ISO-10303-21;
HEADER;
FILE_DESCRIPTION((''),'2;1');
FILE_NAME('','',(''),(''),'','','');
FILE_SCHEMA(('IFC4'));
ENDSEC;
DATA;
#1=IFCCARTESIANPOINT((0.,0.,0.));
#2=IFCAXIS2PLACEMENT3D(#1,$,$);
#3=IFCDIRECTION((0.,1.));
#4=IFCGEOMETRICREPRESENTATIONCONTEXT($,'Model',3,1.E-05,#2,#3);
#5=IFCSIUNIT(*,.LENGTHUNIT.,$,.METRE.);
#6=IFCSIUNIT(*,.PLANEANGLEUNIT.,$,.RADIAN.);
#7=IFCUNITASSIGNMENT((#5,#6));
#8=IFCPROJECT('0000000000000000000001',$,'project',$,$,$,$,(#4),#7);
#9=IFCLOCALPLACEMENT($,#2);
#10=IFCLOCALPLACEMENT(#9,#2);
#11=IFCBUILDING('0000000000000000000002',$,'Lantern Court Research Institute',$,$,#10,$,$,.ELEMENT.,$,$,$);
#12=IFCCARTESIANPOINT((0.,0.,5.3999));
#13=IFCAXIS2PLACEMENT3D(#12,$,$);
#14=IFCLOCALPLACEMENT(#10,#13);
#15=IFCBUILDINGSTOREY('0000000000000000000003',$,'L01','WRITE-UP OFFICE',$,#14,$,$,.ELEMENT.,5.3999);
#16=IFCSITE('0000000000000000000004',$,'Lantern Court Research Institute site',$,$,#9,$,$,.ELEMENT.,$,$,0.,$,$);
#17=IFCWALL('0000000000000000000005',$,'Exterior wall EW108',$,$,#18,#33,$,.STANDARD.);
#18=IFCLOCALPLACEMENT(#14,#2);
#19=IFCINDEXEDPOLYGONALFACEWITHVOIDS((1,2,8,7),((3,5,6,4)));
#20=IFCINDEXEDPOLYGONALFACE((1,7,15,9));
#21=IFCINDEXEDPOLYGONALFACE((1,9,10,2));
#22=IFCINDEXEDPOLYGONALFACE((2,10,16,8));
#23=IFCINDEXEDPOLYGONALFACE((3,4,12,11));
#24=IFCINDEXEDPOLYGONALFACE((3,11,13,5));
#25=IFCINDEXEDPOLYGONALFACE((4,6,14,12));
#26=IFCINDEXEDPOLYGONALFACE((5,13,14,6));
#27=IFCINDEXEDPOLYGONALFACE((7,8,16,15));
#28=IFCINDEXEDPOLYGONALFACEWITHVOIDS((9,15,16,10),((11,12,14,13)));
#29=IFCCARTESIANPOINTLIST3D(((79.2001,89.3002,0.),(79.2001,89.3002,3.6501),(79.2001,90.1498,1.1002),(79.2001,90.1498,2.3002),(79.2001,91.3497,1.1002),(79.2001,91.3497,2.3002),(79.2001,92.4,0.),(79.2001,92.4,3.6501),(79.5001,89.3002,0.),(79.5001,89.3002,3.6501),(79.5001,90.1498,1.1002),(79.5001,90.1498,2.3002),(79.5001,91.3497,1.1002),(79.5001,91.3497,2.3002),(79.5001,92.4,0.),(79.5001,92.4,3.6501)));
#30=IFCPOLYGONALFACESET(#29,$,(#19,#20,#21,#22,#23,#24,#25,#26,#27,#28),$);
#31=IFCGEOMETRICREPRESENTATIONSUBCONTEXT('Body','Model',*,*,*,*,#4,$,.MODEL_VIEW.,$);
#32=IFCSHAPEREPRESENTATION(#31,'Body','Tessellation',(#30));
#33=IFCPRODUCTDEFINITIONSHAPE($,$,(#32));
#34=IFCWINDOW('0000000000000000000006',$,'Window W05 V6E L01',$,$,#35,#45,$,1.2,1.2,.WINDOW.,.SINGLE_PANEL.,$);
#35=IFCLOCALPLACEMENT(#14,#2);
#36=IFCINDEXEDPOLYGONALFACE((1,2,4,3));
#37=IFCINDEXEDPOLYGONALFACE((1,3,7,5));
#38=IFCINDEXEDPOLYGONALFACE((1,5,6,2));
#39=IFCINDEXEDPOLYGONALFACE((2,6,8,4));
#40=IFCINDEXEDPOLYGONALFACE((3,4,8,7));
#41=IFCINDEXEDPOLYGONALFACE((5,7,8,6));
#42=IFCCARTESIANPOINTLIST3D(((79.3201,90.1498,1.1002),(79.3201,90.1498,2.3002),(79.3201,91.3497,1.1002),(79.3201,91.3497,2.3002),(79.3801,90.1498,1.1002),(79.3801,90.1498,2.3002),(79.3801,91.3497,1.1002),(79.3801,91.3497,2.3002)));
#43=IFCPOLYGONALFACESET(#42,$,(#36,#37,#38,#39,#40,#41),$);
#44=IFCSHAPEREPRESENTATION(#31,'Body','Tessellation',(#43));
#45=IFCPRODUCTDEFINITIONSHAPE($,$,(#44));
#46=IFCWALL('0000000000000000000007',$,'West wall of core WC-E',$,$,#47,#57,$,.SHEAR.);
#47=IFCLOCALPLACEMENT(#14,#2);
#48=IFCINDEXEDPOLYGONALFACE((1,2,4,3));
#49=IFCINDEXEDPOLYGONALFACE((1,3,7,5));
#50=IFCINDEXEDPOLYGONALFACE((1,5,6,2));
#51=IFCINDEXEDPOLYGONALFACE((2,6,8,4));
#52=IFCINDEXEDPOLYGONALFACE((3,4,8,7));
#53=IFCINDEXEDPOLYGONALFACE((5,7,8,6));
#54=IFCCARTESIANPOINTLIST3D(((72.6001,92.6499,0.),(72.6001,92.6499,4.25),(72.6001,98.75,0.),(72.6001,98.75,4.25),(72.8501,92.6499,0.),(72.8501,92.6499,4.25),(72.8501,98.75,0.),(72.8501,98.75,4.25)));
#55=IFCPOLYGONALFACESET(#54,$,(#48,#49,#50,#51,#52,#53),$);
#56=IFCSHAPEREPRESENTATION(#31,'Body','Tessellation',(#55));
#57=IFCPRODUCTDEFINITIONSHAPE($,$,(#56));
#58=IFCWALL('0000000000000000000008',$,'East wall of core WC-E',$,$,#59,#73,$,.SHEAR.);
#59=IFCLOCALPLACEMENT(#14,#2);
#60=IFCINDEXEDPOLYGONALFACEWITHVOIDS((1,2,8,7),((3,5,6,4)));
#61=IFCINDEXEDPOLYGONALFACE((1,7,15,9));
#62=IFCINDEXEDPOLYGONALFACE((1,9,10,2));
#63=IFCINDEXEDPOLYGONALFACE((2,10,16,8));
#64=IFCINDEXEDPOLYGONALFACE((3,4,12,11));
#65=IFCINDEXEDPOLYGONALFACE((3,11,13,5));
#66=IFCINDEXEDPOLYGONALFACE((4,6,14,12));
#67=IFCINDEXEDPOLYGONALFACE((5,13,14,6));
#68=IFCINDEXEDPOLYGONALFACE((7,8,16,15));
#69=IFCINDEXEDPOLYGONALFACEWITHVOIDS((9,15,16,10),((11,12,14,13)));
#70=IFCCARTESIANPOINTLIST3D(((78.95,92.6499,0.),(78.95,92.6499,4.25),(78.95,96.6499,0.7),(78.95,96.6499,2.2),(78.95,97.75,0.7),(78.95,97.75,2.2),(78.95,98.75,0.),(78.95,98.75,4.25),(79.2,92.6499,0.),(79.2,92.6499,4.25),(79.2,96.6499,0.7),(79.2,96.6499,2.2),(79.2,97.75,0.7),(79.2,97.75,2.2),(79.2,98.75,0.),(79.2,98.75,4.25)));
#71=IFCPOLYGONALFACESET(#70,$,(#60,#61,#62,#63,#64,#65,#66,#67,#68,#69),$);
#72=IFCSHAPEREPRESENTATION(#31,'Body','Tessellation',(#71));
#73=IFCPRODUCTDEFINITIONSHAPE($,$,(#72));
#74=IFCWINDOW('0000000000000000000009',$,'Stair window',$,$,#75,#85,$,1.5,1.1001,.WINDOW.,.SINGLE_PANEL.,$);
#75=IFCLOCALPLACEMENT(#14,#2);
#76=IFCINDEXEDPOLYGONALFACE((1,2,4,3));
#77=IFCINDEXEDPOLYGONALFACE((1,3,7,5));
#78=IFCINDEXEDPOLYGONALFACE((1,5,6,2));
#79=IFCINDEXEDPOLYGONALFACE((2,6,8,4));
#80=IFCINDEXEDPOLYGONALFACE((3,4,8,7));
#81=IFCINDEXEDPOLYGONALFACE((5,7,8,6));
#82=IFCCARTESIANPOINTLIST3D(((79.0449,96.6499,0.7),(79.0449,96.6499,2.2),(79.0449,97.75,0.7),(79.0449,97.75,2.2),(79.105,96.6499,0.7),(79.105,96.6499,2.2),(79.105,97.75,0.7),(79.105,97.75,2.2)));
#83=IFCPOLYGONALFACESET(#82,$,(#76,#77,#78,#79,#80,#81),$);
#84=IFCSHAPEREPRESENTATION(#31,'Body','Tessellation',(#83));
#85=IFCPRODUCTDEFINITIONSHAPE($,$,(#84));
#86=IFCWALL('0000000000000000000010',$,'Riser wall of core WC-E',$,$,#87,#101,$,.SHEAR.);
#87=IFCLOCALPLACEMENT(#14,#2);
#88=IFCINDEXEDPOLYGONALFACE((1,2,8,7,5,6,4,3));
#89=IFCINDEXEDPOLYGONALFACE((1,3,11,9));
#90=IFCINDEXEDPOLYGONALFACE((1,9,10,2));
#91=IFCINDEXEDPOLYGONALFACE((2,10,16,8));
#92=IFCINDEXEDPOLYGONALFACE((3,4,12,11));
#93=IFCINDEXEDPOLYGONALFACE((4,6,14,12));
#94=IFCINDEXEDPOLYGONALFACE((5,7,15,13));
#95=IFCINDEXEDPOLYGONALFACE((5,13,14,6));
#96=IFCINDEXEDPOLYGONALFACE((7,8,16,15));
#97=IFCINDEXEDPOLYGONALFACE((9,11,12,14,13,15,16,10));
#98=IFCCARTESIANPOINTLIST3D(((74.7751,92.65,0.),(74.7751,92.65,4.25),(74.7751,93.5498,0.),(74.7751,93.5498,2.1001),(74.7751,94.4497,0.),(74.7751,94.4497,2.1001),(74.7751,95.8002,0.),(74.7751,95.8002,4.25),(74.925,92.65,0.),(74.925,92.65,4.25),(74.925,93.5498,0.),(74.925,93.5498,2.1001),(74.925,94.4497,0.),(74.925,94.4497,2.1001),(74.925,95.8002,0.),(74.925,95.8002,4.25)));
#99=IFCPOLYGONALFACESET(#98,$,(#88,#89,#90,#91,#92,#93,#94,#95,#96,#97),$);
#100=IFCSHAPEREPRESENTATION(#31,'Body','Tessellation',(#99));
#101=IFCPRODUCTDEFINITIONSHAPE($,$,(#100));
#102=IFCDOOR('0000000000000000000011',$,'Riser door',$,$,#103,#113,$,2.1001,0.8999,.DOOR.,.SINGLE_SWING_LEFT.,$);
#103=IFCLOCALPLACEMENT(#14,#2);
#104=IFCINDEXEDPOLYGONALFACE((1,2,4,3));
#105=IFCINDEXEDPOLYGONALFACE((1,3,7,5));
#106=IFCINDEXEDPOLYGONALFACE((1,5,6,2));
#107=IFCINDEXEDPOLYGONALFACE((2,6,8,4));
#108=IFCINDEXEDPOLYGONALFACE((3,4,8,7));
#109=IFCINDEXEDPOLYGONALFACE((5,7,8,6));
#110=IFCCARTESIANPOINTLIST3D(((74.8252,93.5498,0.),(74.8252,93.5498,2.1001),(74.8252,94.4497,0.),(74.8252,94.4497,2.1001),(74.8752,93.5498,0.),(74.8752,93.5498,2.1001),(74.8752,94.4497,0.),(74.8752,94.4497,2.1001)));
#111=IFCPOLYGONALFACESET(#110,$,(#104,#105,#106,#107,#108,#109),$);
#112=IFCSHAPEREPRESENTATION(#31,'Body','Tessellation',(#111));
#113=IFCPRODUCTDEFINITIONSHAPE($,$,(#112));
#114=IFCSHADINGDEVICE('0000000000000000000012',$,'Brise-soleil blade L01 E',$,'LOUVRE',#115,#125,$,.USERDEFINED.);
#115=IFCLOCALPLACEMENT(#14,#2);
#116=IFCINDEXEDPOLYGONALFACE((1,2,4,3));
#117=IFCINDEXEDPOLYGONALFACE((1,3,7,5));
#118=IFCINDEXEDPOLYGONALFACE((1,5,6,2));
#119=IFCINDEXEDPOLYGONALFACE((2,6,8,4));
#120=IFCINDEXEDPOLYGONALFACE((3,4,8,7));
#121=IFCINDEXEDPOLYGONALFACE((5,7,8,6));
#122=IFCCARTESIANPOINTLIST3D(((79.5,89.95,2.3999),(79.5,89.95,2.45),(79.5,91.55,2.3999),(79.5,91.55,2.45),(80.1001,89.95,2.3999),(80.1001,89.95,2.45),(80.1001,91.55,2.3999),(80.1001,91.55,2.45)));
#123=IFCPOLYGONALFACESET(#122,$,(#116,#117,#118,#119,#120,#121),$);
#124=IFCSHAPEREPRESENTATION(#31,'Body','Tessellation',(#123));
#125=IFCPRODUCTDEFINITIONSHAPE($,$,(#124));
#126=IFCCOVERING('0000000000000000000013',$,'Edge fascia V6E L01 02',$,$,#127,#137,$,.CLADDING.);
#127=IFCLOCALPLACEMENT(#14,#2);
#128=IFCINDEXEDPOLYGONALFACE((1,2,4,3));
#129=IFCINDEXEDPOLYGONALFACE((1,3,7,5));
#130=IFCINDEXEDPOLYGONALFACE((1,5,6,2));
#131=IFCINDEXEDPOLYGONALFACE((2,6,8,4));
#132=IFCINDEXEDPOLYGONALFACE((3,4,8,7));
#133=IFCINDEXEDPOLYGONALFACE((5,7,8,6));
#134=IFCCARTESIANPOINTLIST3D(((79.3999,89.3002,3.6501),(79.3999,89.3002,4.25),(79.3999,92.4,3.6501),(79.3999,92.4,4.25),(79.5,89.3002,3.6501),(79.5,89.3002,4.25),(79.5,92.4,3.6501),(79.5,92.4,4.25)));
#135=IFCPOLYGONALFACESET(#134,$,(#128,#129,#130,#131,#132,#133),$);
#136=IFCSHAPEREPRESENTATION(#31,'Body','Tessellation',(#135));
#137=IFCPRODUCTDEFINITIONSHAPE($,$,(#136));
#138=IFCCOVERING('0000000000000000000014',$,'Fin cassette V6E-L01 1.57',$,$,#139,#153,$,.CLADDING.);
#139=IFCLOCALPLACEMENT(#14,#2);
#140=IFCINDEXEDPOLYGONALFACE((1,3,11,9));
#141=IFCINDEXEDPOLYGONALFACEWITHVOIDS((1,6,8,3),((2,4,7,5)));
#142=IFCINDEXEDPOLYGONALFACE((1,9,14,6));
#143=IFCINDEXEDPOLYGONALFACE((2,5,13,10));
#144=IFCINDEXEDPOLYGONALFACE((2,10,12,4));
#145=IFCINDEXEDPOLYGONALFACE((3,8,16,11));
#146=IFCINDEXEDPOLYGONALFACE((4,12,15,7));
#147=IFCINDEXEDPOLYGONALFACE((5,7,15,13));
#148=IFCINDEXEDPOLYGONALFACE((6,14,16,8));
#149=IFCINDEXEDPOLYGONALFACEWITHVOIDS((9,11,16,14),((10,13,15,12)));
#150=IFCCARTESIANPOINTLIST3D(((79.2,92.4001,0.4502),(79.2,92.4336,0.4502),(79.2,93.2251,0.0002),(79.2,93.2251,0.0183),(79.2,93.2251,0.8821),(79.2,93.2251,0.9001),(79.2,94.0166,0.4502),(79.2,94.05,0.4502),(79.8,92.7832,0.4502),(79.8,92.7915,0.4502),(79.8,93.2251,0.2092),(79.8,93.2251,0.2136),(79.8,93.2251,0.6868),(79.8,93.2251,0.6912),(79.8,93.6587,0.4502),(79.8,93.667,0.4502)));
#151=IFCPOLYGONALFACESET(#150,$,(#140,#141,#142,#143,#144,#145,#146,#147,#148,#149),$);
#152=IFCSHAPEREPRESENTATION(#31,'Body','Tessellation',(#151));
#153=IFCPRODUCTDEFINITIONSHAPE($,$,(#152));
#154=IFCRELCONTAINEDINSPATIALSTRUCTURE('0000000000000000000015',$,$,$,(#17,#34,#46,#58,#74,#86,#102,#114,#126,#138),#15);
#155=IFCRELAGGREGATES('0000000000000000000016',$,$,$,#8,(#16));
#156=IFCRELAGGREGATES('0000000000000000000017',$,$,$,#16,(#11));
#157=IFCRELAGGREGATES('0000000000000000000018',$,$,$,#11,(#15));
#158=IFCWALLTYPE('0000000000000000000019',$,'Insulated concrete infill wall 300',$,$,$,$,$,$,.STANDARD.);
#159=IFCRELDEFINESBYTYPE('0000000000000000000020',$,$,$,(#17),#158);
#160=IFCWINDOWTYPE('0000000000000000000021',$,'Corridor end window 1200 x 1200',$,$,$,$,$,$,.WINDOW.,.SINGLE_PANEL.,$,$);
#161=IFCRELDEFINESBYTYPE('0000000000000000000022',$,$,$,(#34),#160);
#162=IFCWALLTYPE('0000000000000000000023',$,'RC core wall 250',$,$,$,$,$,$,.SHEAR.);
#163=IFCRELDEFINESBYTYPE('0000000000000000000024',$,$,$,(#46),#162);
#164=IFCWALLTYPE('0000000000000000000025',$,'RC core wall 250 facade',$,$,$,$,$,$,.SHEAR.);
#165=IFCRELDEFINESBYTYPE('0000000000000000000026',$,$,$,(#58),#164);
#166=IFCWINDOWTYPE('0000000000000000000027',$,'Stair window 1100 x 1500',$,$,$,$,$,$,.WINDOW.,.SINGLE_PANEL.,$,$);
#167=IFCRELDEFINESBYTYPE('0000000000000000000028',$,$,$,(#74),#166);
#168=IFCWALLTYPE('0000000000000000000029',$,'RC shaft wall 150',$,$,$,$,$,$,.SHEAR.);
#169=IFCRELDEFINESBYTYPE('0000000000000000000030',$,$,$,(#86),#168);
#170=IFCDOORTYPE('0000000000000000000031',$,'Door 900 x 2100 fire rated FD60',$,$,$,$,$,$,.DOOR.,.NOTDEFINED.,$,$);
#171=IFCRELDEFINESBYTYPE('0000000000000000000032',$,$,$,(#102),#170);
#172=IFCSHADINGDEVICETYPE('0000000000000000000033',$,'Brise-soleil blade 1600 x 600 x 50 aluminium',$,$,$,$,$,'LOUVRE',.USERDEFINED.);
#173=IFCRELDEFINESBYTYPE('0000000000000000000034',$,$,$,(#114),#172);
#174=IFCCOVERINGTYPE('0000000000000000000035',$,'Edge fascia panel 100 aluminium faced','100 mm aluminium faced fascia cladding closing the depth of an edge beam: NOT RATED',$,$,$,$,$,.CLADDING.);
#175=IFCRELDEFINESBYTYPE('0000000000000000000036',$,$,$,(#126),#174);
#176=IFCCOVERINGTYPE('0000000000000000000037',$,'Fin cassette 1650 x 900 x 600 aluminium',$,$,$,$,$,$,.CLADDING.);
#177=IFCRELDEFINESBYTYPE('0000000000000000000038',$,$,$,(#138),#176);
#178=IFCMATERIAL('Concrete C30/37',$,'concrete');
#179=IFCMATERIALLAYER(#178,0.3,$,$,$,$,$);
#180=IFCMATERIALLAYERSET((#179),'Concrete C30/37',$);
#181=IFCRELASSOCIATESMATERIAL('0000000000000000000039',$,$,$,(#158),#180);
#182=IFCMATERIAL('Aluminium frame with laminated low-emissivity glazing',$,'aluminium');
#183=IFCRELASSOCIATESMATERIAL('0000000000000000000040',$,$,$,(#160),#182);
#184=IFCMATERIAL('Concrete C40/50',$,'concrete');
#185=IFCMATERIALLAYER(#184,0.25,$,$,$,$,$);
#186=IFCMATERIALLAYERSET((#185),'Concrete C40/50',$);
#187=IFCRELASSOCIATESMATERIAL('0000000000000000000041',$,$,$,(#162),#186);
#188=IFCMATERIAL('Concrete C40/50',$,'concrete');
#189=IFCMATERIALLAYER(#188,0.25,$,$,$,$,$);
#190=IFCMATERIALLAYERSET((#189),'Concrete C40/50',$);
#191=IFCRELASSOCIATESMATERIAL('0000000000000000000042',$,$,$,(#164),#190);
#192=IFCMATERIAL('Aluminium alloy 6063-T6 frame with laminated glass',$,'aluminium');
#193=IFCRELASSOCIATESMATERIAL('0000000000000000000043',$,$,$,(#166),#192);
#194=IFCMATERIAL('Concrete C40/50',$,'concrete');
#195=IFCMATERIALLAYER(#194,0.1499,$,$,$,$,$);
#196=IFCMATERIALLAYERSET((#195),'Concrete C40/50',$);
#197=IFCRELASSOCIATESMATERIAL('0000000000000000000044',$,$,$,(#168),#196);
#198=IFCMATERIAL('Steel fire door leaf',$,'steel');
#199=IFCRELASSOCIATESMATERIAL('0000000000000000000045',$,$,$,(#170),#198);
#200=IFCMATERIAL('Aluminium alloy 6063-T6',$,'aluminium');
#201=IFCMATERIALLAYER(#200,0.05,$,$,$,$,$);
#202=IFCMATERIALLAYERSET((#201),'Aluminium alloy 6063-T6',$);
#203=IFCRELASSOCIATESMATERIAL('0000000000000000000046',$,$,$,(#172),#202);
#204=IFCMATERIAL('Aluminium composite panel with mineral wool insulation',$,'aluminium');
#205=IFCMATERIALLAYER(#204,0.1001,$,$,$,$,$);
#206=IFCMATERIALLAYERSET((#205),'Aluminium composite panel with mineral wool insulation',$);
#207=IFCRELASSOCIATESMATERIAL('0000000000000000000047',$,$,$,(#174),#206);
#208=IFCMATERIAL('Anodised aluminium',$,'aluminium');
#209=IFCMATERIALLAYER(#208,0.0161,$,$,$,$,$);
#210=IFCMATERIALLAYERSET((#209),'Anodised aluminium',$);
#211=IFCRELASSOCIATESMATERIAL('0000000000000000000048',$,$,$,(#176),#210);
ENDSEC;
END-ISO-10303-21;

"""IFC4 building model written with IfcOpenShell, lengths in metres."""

from ifc_helpers import new_model, entity, si_unit, direction, frame, frame_2d, origin, origin_2d, place, context, subcontext, project, spatial, rectangle, extrude, material, layer, layer_set, type_object, element, fill, save


model = new_model("IFC4")

# Units and contexts
model_context = context("Model", 3, precision=1e-05, world=origin(), true_north=direction((0.0, 1.0)))
body_context = subcontext(model_context, "Body", "Model", "MODEL_VIEW")
ifc_project = project(units=[si_unit("LENGTHUNIT", "METRE"), si_unit("PLANEANGLEUNIT", "RADIAN")], contexts=[model_context])

# Site, building, storey
site_placement = place(None, origin())
site = spatial("IfcSite", under=ifc_project, at=site_placement, Name="Lantern Court Research Institute site", CompositionType="ELEMENT", RefElevation=0.0)
building_placement = place(site_placement, origin())
building = spatial("IfcBuilding", under=site, at=building_placement, Name="Lantern Court Research Institute", CompositionType="ELEMENT")
storey_placement = place(building_placement, frame((0.0, 0.0, 5.3999)))
storey = spatial("IfcBuildingStorey", under=building, at=storey_placement, Name="L01", Description="WRITE-UP OFFICE", CompositionType="ELEMENT", Elevation=5.3999)

# Wall, opening, window
ifc_material_1 = material(Name="Concrete C30/37", Category="concrete")
ifc_layer_1 = layer(ifc_material_1, 0.3)
ifc_layer_set_1 = layer_set([ifc_layer_1], Name="Concrete C30/37")
wall_type_1 = type_object("IfcWallType", Name="Insulated concrete infill wall 300", PredefinedType="STANDARD", material=ifc_layer_set_1)
wall_1_placement = place(storey_placement, frame((79.3501, 92.3999, 0.0), z_axis=(0.0, 0.0, 1.0), x_axis=(0.0, -1.0, 0.0)))
wall_1 = element("IfcWall", 1, at=wall_1_placement, inside=storey, type_object=wall_type_1, Name="Exterior wall EW108", PredefinedType="STANDARD", context=body_context, shape_type="SweptSolid", body=[
    extrude(rectangle(XDim=3.0999, YDim=0.3, at=frame_2d((1.5498, 0.0))), origin(), (0.0, 0.0, 1.0), 3.6501),
])
opening_1_placement = place(wall_1_placement, frame((1.05, 0.0, 1.1001)))
opening_1 = element("IfcOpeningElement", 2, at=opening_1_placement, cuts=wall_1, PredefinedType="OPENING", context=body_context, shape_type="SweptSolid", body=[
    extrude(rectangle(XDim=1.2, YDim=1.2, at=frame_2d((0.6001, 0.6001))), frame((0.0, 0.1599, 0.0), z_axis=(0.0, -1.0, 0.0), x_axis=(1.0, 0.0, 0.0)), (0.0, 0.0, 1.0), 0.3201),
])
ifc_material_2 = material(Name="Aluminium frame with laminated low-emissivity glazing", Category="aluminium")
window_type_1 = type_object("IfcWindowType", Name="Corridor end window 1200 x 1200", PartitioningType="SINGLE_PANEL", PredefinedType="WINDOW", material=ifc_material_2)
window_1_placement = place(opening_1_placement, origin())
window_1 = element("IfcWindow", 3, at=window_1_placement, inside=storey, type_object=window_type_1, Name="Window W05 V6E L01", OverallHeight=1.2, OverallWidth=1.2, PartitioningType="SINGLE_PANEL", PredefinedType="WINDOW", context=body_context, shape_type="SweptSolid", body=[
    extrude(rectangle(XDim=1.2, YDim=1.2, at=frame_2d((0.6001, 0.6001))), frame((0.0, 0.03, 0.0), z_axis=(0.0, -1.0, 0.0), x_axis=(1.0, 0.0, 0.0)), (0.0, 0.0, 1.0), 0.0601),
])
fill(opening_1, window_1)

# Wall
ifc_material_3 = material(Name="Concrete C40/50", Category="concrete")
ifc_layer_2 = layer(ifc_material_3, 0.25)
ifc_layer_set_2 = layer_set([ifc_layer_2], Name="Concrete C40/50")
wall_type_2 = type_object("IfcWallType", Name="RC core wall 250", PredefinedType="SHEAR", material=ifc_layer_set_2)
wall_2_placement = place(storey_placement, frame((72.7251, 92.6499, 0.0), z_axis=(0.0, 0.0, 1.0), x_axis=(0.0, 1.0, 0.0)))
element("IfcWall", 4, at=wall_2_placement, inside=storey, type_object=wall_type_2, Name="West wall of core WC-E", PredefinedType="SHEAR", context=body_context, shape_type="SweptSolid", body=[
    extrude(rectangle(XDim=6.1001, YDim=0.25, at=frame_2d((3.05, 0.0))), origin(), (0.0, 0.0, 1.0), 4.25),
])

# Wall, opening, window
ifc_material_4 = material(Name="Concrete C40/50", Category="concrete")
ifc_layer_3 = layer(ifc_material_4, 0.25)
ifc_layer_set_3 = layer_set([ifc_layer_3], Name="Concrete C40/50")
wall_type_3 = type_object("IfcWallType", Name="RC core wall 250 facade", PredefinedType="SHEAR", material=ifc_layer_set_3)
wall_3_placement = place(storey_placement, frame((79.075, 92.6499, 0.0), z_axis=(0.0, 0.0, 1.0), x_axis=(0.0, 1.0, 0.0)))
wall_3 = element("IfcWall", 5, at=wall_3_placement, inside=storey, type_object=wall_type_3, Name="East wall of core WC-E", PredefinedType="SHEAR", context=body_context, shape_type="SweptSolid", body=[
    extrude(rectangle(XDim=6.1001, YDim=0.25, at=frame_2d((3.05, 0.0))), origin(), (0.0, 0.0, 1.0), 4.25),
])
opening_2_placement = place(wall_3_placement, frame((4.0, 0.0, 0.7)))
opening_2 = element("IfcOpeningElement", 6, at=opening_2_placement, cuts=wall_3, PredefinedType="OPENING", context=body_context, shape_type="SweptSolid", body=[
    extrude(rectangle(XDim=1.1001, YDim=1.5, at=frame_2d((0.55, 0.75))), frame((0.0, 0.135, 0.0), z_axis=(0.0, -1.0, 0.0), x_axis=(1.0, 0.0, 0.0)), (0.0, 0.0, 1.0), 0.27),
])
ifc_material_5 = material(Name="Aluminium alloy 6063-T6 frame with laminated glass", Category="aluminium")
window_type_2 = type_object("IfcWindowType", Name="Stair window 1100 x 1500", PartitioningType="SINGLE_PANEL", PredefinedType="WINDOW", material=ifc_material_5)
window_2_placement = place(opening_2_placement, origin())
window_2 = element("IfcWindow", 7, at=window_2_placement, inside=storey, type_object=window_type_2, Name="Stair window", OverallHeight=1.5, OverallWidth=1.1001, PartitioningType="SINGLE_PANEL", PredefinedType="WINDOW", context=body_context, shape_type="SweptSolid", body=[
    extrude(rectangle(XDim=1.1001, YDim=1.5, at=frame_2d((0.55, 0.75))), frame((0.0, 0.03, 0.0), z_axis=(0.0, -1.0, 0.0), x_axis=(1.0, 0.0, 0.0)), (0.0, 0.0, 1.0), 0.0601),
])
fill(opening_2, window_2)

# Wall, opening, door
ifc_material_6 = material(Name="Concrete C40/50", Category="concrete")
ifc_layer_4 = layer(ifc_material_6, 0.1499)
ifc_layer_set_4 = layer_set([ifc_layer_4], Name="Concrete C40/50")
wall_type_4 = type_object("IfcWallType", Name="RC shaft wall 150", PredefinedType="SHEAR", material=ifc_layer_set_4)
wall_4_placement = place(storey_placement, frame((74.8501, 92.6499, 0.0), z_axis=(0.0, 0.0, 1.0), x_axis=(0.0, 1.0, 0.0)))
wall_4 = element("IfcWall", 8, at=wall_4_placement, inside=storey, type_object=wall_type_4, Name="Riser wall of core WC-E", PredefinedType="SHEAR", context=body_context, shape_type="SweptSolid", body=[
    extrude(rectangle(XDim=3.1501, YDim=0.1499, at=frame_2d((1.5752, 0.0))), origin(), (0.0, 0.0, 1.0), 4.25),
])
opening_3_placement = place(wall_4_placement, frame((0.8999, 0.0, 0.0)))
opening_3 = element("IfcOpeningElement", 9, at=opening_3_placement, cuts=wall_4, PredefinedType="OPENING", context=body_context, shape_type="SweptSolid", body=[
    extrude(rectangle(XDim=0.8999, YDim=2.1001, at=frame_2d((0.45, 1.05))), frame((0.0, 0.085, 0.0), z_axis=(0.0, -1.0, 0.0), x_axis=(1.0, 0.0, 0.0)), (0.0, 0.0, 1.0), 0.1699),
])
ifc_material_7 = material(Name="Steel fire door leaf", Category="steel")
door_type = type_object("IfcDoorType", Name="Door 900 x 2100 fire rated FD60", OperationType="NOTDEFINED", PredefinedType="DOOR", material=ifc_material_7)
door_placement = place(opening_3_placement, origin())
door = element("IfcDoor", 10, at=door_placement, inside=storey, type_object=door_type, Name="Riser door", OperationType="SINGLE_SWING_LEFT", OverallHeight=2.1001, OverallWidth=0.8999, PredefinedType="DOOR", context=body_context, shape_type="SweptSolid", body=[
    extrude(rectangle(XDim=0.8999, YDim=2.1001, at=frame_2d((0.45, 1.05))), frame((0.0, 0.0249, 0.0), z_axis=(0.0, -1.0, 0.0), x_axis=(1.0, 0.0, 0.0)), (0.0, 0.0, 1.0), 0.05),
])
fill(opening_3, door)

# Shading device
ifc_material_8 = material(Name="Aluminium alloy 6063-T6", Category="aluminium")
ifc_layer_5 = layer(ifc_material_8, 0.05)
ifc_layer_set_5 = layer_set([ifc_layer_5], Name="Aluminium alloy 6063-T6")
shading_device_type = type_object("IfcShadingDeviceType", Name="Brise-soleil blade 1600 x 600 x 50 aluminium", ElementType="LOUVRE", PredefinedType="USERDEFINED", material=ifc_layer_set_5)
shading_device_placement = place(storey_placement, frame((79.8, 90.75, 2.3999), z_axis=(0.0, 0.0, 1.0), x_axis=(0.0, -1.0, 0.0)))
element("IfcShadingDevice", 11, at=shading_device_placement, inside=storey, type_object=shading_device_type, Name="Brise-soleil blade L01 E", ObjectType="LOUVRE", PredefinedType="USERDEFINED", context=body_context, shape_type="SweptSolid", body=[
    extrude(rectangle(XDim=1.6001, YDim=0.6001, at=origin_2d()), origin(), (0.0, 0.0, 1.0), 0.05),
])

# Coverings
ifc_material_9 = material(Name="Aluminium composite panel with mineral wool insulation", Category="aluminium")
ifc_layer_6 = layer(ifc_material_9, 0.1001)
ifc_layer_set_6 = layer_set([ifc_layer_6], Name="Aluminium composite panel with mineral wool insulation")
covering_type_1 = type_object("IfcCoveringType", Name="Edge fascia panel 100 aluminium faced", Description="100 mm aluminium faced fascia cladding closing the depth of an edge beam: NOT RATED", PredefinedType="CLADDING", material=ifc_layer_set_6)
covering_1_placement = place(storey_placement, frame((79.45, 92.3999, 3.6501), z_axis=(0.0, 0.0, 1.0), x_axis=(0.0, -1.0, 0.0)))
element("IfcCovering", 12, at=covering_1_placement, inside=storey, type_object=covering_type_1, Name="Edge fascia V6E L01 02", PredefinedType="CLADDING", context=body_context, shape_type="SweptSolid", body=[
    extrude(rectangle(XDim=3.0999, YDim=0.1001, at=frame_2d((1.5498, 0.0))), origin(), (0.0, 0.0, 1.0), 0.5999),
])
ifc_material_10 = material(Name="Anodised aluminium", Category="aluminium")
ifc_layer_7 = layer(ifc_material_10, 0.0161)
ifc_layer_set_7 = layer_set([ifc_layer_7], Name="Anodised aluminium")
covering_type_2 = type_object("IfcCoveringType", Name="Fin cassette 1650 x 900 x 600 aluminium", PredefinedType="CLADDING", material=ifc_layer_set_7)
covering_2_placement = place(storey_placement, frame((79.2, 93.2251, 0.4502), z_axis=(1.0, 0.0, 0.0), x_axis=(0.0, 1.0, 0.0)))
cartesian_point_1 = entity("IfcCartesianPoint", [0.825, 0.0])
cartesian_point_2 = entity("IfcCartesianPoint", [0.7915, 0.0])
cartesian_point_3 = entity("IfcCartesianPoint", [0.4419, 0.0])
cartesian_point_4 = entity("IfcCartesianPoint", [0.4336, 0.0])
element("IfcCovering", 13, at=covering_2_placement, inside=storey, type_object=covering_type_2, Name="Fin cassette V6E-L01 1.57", PredefinedType="CLADDING", context=body_context, shape_type="SweptSolid", body=[
    entity("IfcExtrudedAreaSolidTapered", entity("IfcArbitraryProfileDefWithVoids", "AREA", None, entity("IfcPolyline", [cartesian_point_1, entity("IfcCartesianPoint", [0.0, 0.45]), entity("IfcCartesianPoint", [-0.825, 0.0]), entity("IfcCartesianPoint", [0.0, -0.45]), cartesian_point_1]), [entity("IfcPolyline", [cartesian_point_2, entity("IfcCartesianPoint", [0.0, 0.4319]), entity("IfcCartesianPoint", [-0.7915, 0.0]), entity("IfcCartesianPoint", [0.0, -0.4319]), cartesian_point_2])]), entity("IfcAxis2Placement3D", entity("IfcCartesianPoint", [0.0, 0.0, 0.0])), entity("IfcDirection", [0.0, 0.0, 1.0]), 0.6001, entity("IfcArbitraryProfileDefWithVoids", "AREA", None, entity("IfcPolyline", [cartesian_point_3, entity("IfcCartesianPoint", [0.0, 0.241]), entity("IfcCartesianPoint", [-0.4419, 0.0]), entity("IfcCartesianPoint", [0.0, -0.241]), cartesian_point_3]), [entity("IfcPolyline", [cartesian_point_4, entity("IfcCartesianPoint", [0.0, 0.2366]), entity("IfcCartesianPoint", [-0.4336, 0.0]), entity("IfcCartesianPoint", [0.0, -0.2366]), cartesian_point_4])])),
])

save(model, "model.ifc")
